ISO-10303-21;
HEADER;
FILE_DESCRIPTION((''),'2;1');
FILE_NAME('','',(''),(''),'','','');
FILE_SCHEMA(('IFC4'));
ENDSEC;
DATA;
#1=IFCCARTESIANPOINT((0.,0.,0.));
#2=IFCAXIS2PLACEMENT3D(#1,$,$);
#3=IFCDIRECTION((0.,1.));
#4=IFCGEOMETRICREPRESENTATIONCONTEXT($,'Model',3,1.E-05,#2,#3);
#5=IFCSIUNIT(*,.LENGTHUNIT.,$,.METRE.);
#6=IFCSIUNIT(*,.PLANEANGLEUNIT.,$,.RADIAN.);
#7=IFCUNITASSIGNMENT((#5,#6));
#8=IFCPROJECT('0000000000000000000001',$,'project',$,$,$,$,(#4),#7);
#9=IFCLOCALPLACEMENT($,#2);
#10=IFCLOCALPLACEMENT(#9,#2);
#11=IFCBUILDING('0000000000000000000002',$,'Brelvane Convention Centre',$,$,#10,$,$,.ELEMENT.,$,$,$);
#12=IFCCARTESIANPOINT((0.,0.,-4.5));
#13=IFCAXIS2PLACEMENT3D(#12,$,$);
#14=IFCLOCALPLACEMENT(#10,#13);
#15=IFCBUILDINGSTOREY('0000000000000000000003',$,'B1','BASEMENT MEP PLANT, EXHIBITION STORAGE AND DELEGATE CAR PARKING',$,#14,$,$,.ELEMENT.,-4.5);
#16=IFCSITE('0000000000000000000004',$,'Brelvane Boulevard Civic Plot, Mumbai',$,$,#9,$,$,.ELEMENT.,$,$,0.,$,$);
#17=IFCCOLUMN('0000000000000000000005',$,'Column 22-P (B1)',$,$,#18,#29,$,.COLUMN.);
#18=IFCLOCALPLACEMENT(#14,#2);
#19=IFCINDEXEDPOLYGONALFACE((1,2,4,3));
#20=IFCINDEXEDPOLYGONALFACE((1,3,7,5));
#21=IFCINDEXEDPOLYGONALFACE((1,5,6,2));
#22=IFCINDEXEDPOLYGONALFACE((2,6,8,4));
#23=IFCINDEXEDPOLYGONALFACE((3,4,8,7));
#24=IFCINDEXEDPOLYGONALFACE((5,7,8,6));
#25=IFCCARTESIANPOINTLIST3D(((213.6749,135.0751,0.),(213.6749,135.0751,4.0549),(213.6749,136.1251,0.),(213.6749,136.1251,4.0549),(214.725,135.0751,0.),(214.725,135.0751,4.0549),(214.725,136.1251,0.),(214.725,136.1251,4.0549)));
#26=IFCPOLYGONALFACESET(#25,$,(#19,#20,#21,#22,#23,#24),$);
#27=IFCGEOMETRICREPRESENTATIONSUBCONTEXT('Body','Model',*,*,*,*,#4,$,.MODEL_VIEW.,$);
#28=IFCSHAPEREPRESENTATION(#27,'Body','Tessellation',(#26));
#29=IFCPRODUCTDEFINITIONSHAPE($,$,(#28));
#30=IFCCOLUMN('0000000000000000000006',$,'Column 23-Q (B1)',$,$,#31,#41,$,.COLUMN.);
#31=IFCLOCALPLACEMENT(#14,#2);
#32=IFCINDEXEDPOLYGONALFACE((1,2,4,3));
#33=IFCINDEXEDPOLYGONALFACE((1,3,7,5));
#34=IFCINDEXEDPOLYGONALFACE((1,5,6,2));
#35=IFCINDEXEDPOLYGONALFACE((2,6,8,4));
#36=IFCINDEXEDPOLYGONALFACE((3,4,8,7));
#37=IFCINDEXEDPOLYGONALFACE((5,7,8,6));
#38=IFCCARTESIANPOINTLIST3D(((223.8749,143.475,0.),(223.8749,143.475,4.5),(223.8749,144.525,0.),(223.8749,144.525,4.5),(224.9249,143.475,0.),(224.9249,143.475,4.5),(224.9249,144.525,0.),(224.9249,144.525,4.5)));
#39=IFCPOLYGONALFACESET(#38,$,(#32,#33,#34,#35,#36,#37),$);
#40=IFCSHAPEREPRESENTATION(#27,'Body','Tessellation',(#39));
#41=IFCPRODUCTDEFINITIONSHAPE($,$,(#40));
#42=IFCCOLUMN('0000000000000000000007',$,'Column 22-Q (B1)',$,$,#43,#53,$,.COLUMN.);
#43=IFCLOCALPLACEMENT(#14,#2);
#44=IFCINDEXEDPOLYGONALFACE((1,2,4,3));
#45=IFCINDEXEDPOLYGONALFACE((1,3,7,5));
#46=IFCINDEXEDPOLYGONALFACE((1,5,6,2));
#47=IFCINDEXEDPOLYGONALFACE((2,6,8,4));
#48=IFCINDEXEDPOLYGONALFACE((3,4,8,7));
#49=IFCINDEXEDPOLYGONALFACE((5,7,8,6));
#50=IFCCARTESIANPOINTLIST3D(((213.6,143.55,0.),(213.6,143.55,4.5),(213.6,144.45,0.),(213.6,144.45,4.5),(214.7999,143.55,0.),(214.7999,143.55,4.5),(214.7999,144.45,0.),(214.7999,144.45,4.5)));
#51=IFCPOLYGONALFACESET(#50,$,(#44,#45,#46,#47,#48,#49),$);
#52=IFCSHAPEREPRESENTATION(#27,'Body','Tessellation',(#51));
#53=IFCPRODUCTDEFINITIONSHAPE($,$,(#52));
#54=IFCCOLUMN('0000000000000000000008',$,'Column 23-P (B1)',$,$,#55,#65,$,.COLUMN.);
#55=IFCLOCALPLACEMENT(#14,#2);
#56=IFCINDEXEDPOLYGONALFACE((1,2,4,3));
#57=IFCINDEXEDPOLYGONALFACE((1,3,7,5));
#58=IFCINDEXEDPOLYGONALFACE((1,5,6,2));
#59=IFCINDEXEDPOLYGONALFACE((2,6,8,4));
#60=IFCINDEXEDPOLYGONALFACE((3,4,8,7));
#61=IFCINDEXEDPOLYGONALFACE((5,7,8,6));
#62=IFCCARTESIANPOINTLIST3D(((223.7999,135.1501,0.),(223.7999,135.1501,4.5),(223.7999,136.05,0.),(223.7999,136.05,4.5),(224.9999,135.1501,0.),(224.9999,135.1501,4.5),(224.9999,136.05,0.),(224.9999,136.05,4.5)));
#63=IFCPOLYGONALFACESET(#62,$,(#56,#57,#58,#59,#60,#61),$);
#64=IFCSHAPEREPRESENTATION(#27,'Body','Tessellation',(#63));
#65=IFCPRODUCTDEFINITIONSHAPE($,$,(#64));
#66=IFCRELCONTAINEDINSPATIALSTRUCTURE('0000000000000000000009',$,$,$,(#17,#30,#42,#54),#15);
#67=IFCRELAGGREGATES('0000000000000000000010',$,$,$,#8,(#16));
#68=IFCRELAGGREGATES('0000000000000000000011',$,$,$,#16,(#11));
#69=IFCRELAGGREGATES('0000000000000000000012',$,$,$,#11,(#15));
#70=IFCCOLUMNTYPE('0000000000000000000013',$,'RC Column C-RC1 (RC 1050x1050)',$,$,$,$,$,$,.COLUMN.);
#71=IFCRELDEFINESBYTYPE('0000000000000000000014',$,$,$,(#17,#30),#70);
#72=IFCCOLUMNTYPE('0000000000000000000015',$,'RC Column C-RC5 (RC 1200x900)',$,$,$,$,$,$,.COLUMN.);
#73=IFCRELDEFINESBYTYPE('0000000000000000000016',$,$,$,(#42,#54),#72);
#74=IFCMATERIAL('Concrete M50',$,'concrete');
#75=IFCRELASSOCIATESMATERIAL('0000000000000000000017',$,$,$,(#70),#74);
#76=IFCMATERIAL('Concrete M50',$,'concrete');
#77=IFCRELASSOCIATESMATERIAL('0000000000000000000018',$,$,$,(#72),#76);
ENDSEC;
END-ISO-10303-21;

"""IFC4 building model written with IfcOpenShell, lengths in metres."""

from ifc_helpers import new_model, si_unit, direction, frame, origin, origin_2d, place, context, subcontext, project, spatial, rectangle, extrude, material, material_profile, profile_set, type_object, element, save


model = new_model("IFC4")

# Units and contexts
model_context = context("Model", 3, precision=1e-05, world=origin(), true_north=direction((0.0, 1.0)))
body_context = subcontext(model_context, "Body", "Model", "MODEL_VIEW")
ifc_project = project(units=[si_unit("LENGTHUNIT", "METRE"), si_unit("PLANEANGLEUNIT", "RADIAN")], contexts=[model_context])

# Site, building, storey
site_placement = place(None, origin())
site = spatial("IfcSite", under=ifc_project, at=site_placement, Name="Brelvane Boulevard Civic Plot, Mumbai", CompositionType="ELEMENT", RefElevation=0.0)
building_placement = place(site_placement, origin())
building = spatial("IfcBuilding", under=site, at=building_placement, Name="Brelvane Convention Centre", CompositionType="ELEMENT")
storey_placement = place(building_placement, frame((0.0, 0.0, -4.5)))
storey = spatial("IfcBuildingStorey", under=building, at=storey_placement, Name="B1", Description="BASEMENT MEP PLANT, EXHIBITION STORAGE AND DELEGATE CAR PARKING", CompositionType="ELEMENT", Elevation=-4.5)

# Columns
ifc_material_1 = material(Name="Concrete M50", Category="concrete")
ifc_material_profile_1 = material_profile(ifc_material_1, rectangle(XDim=1.05, YDim=1.05, at=origin_2d()), Name="RC 1050x1050")
ifc_profile_set_1 = profile_set([ifc_material_profile_1], Name="Concrete M50")
column_type_1 = type_object("IfcColumnType", Name="RC Column C-RC1 (RC 1050x1050)", PredefinedType="COLUMN", material=ifc_profile_set_1)
column_1_placement = place(storey_placement, frame((214.2, 135.6001, 0.0), z_axis=(0.0, 0.0, 1.0), x_axis=(1.0, 0.0, 0.0)))
element("IfcColumn", 1, at=column_1_placement, inside=storey, type_object=column_type_1, Name="Column 22-P (B1)", PredefinedType="COLUMN", context=body_context, shape_type="SweptSolid", body=[
    extrude(rectangle(XDim=1.05, YDim=1.05, at=origin_2d()), origin(), (0.0, 0.0, 1.0), 4.0549),
])
column_2_placement = place(storey_placement, frame((224.3999, 144.0, 0.0), z_axis=(0.0, 0.0, 1.0), x_axis=(1.0, 0.0, 0.0)))
element("IfcColumn", 2, at=column_2_placement, inside=storey, type_object=column_type_1, Name="Column 23-Q (B1)", PredefinedType="COLUMN", context=body_context, shape_type="SweptSolid", body=[
    extrude(rectangle(XDim=1.05, YDim=1.05, at=origin_2d()), origin(), (0.0, 0.0, 1.0), 4.5),
])
ifc_material_2 = material(Name="Concrete M50", Category="concrete")
ifc_material_profile_2 = material_profile(ifc_material_2, rectangle(XDim=1.2, YDim=0.8999, at=origin_2d()), Name="RC 1200x900")
ifc_profile_set_2 = profile_set([ifc_material_profile_2], Name="Concrete M50")
column_type_2 = type_object("IfcColumnType", Name="RC Column C-RC5 (RC 1200x900)", PredefinedType="COLUMN", material=ifc_profile_set_2)
for number, where, z_axis, x_axis, name in (
    (3, (214.2, 144.0, 0.0), (0.0, 0.0, 1.0), (1.0, 0.0, 0.0), "Column 22-Q (B1)"),
    (4, (224.3999, 135.6001, 0.0), (0.0, 0.0, 1.0), (1.0, 0.0, 0.0), "Column 23-P (B1)"),
):
    element("IfcColumn", number, at=place(storey_placement, frame(where, z_axis=z_axis, x_axis=x_axis)), inside=storey, type_object=column_type_2, Name=name, PredefinedType="COLUMN", context=body_context, shape_type="SweptSolid", body=[
        extrude(rectangle(XDim=1.2, YDim=0.8999, at=origin_2d()), origin(), (0.0, 0.0, 1.0), 4.5),
    ])

save(model, "model.ifc")
